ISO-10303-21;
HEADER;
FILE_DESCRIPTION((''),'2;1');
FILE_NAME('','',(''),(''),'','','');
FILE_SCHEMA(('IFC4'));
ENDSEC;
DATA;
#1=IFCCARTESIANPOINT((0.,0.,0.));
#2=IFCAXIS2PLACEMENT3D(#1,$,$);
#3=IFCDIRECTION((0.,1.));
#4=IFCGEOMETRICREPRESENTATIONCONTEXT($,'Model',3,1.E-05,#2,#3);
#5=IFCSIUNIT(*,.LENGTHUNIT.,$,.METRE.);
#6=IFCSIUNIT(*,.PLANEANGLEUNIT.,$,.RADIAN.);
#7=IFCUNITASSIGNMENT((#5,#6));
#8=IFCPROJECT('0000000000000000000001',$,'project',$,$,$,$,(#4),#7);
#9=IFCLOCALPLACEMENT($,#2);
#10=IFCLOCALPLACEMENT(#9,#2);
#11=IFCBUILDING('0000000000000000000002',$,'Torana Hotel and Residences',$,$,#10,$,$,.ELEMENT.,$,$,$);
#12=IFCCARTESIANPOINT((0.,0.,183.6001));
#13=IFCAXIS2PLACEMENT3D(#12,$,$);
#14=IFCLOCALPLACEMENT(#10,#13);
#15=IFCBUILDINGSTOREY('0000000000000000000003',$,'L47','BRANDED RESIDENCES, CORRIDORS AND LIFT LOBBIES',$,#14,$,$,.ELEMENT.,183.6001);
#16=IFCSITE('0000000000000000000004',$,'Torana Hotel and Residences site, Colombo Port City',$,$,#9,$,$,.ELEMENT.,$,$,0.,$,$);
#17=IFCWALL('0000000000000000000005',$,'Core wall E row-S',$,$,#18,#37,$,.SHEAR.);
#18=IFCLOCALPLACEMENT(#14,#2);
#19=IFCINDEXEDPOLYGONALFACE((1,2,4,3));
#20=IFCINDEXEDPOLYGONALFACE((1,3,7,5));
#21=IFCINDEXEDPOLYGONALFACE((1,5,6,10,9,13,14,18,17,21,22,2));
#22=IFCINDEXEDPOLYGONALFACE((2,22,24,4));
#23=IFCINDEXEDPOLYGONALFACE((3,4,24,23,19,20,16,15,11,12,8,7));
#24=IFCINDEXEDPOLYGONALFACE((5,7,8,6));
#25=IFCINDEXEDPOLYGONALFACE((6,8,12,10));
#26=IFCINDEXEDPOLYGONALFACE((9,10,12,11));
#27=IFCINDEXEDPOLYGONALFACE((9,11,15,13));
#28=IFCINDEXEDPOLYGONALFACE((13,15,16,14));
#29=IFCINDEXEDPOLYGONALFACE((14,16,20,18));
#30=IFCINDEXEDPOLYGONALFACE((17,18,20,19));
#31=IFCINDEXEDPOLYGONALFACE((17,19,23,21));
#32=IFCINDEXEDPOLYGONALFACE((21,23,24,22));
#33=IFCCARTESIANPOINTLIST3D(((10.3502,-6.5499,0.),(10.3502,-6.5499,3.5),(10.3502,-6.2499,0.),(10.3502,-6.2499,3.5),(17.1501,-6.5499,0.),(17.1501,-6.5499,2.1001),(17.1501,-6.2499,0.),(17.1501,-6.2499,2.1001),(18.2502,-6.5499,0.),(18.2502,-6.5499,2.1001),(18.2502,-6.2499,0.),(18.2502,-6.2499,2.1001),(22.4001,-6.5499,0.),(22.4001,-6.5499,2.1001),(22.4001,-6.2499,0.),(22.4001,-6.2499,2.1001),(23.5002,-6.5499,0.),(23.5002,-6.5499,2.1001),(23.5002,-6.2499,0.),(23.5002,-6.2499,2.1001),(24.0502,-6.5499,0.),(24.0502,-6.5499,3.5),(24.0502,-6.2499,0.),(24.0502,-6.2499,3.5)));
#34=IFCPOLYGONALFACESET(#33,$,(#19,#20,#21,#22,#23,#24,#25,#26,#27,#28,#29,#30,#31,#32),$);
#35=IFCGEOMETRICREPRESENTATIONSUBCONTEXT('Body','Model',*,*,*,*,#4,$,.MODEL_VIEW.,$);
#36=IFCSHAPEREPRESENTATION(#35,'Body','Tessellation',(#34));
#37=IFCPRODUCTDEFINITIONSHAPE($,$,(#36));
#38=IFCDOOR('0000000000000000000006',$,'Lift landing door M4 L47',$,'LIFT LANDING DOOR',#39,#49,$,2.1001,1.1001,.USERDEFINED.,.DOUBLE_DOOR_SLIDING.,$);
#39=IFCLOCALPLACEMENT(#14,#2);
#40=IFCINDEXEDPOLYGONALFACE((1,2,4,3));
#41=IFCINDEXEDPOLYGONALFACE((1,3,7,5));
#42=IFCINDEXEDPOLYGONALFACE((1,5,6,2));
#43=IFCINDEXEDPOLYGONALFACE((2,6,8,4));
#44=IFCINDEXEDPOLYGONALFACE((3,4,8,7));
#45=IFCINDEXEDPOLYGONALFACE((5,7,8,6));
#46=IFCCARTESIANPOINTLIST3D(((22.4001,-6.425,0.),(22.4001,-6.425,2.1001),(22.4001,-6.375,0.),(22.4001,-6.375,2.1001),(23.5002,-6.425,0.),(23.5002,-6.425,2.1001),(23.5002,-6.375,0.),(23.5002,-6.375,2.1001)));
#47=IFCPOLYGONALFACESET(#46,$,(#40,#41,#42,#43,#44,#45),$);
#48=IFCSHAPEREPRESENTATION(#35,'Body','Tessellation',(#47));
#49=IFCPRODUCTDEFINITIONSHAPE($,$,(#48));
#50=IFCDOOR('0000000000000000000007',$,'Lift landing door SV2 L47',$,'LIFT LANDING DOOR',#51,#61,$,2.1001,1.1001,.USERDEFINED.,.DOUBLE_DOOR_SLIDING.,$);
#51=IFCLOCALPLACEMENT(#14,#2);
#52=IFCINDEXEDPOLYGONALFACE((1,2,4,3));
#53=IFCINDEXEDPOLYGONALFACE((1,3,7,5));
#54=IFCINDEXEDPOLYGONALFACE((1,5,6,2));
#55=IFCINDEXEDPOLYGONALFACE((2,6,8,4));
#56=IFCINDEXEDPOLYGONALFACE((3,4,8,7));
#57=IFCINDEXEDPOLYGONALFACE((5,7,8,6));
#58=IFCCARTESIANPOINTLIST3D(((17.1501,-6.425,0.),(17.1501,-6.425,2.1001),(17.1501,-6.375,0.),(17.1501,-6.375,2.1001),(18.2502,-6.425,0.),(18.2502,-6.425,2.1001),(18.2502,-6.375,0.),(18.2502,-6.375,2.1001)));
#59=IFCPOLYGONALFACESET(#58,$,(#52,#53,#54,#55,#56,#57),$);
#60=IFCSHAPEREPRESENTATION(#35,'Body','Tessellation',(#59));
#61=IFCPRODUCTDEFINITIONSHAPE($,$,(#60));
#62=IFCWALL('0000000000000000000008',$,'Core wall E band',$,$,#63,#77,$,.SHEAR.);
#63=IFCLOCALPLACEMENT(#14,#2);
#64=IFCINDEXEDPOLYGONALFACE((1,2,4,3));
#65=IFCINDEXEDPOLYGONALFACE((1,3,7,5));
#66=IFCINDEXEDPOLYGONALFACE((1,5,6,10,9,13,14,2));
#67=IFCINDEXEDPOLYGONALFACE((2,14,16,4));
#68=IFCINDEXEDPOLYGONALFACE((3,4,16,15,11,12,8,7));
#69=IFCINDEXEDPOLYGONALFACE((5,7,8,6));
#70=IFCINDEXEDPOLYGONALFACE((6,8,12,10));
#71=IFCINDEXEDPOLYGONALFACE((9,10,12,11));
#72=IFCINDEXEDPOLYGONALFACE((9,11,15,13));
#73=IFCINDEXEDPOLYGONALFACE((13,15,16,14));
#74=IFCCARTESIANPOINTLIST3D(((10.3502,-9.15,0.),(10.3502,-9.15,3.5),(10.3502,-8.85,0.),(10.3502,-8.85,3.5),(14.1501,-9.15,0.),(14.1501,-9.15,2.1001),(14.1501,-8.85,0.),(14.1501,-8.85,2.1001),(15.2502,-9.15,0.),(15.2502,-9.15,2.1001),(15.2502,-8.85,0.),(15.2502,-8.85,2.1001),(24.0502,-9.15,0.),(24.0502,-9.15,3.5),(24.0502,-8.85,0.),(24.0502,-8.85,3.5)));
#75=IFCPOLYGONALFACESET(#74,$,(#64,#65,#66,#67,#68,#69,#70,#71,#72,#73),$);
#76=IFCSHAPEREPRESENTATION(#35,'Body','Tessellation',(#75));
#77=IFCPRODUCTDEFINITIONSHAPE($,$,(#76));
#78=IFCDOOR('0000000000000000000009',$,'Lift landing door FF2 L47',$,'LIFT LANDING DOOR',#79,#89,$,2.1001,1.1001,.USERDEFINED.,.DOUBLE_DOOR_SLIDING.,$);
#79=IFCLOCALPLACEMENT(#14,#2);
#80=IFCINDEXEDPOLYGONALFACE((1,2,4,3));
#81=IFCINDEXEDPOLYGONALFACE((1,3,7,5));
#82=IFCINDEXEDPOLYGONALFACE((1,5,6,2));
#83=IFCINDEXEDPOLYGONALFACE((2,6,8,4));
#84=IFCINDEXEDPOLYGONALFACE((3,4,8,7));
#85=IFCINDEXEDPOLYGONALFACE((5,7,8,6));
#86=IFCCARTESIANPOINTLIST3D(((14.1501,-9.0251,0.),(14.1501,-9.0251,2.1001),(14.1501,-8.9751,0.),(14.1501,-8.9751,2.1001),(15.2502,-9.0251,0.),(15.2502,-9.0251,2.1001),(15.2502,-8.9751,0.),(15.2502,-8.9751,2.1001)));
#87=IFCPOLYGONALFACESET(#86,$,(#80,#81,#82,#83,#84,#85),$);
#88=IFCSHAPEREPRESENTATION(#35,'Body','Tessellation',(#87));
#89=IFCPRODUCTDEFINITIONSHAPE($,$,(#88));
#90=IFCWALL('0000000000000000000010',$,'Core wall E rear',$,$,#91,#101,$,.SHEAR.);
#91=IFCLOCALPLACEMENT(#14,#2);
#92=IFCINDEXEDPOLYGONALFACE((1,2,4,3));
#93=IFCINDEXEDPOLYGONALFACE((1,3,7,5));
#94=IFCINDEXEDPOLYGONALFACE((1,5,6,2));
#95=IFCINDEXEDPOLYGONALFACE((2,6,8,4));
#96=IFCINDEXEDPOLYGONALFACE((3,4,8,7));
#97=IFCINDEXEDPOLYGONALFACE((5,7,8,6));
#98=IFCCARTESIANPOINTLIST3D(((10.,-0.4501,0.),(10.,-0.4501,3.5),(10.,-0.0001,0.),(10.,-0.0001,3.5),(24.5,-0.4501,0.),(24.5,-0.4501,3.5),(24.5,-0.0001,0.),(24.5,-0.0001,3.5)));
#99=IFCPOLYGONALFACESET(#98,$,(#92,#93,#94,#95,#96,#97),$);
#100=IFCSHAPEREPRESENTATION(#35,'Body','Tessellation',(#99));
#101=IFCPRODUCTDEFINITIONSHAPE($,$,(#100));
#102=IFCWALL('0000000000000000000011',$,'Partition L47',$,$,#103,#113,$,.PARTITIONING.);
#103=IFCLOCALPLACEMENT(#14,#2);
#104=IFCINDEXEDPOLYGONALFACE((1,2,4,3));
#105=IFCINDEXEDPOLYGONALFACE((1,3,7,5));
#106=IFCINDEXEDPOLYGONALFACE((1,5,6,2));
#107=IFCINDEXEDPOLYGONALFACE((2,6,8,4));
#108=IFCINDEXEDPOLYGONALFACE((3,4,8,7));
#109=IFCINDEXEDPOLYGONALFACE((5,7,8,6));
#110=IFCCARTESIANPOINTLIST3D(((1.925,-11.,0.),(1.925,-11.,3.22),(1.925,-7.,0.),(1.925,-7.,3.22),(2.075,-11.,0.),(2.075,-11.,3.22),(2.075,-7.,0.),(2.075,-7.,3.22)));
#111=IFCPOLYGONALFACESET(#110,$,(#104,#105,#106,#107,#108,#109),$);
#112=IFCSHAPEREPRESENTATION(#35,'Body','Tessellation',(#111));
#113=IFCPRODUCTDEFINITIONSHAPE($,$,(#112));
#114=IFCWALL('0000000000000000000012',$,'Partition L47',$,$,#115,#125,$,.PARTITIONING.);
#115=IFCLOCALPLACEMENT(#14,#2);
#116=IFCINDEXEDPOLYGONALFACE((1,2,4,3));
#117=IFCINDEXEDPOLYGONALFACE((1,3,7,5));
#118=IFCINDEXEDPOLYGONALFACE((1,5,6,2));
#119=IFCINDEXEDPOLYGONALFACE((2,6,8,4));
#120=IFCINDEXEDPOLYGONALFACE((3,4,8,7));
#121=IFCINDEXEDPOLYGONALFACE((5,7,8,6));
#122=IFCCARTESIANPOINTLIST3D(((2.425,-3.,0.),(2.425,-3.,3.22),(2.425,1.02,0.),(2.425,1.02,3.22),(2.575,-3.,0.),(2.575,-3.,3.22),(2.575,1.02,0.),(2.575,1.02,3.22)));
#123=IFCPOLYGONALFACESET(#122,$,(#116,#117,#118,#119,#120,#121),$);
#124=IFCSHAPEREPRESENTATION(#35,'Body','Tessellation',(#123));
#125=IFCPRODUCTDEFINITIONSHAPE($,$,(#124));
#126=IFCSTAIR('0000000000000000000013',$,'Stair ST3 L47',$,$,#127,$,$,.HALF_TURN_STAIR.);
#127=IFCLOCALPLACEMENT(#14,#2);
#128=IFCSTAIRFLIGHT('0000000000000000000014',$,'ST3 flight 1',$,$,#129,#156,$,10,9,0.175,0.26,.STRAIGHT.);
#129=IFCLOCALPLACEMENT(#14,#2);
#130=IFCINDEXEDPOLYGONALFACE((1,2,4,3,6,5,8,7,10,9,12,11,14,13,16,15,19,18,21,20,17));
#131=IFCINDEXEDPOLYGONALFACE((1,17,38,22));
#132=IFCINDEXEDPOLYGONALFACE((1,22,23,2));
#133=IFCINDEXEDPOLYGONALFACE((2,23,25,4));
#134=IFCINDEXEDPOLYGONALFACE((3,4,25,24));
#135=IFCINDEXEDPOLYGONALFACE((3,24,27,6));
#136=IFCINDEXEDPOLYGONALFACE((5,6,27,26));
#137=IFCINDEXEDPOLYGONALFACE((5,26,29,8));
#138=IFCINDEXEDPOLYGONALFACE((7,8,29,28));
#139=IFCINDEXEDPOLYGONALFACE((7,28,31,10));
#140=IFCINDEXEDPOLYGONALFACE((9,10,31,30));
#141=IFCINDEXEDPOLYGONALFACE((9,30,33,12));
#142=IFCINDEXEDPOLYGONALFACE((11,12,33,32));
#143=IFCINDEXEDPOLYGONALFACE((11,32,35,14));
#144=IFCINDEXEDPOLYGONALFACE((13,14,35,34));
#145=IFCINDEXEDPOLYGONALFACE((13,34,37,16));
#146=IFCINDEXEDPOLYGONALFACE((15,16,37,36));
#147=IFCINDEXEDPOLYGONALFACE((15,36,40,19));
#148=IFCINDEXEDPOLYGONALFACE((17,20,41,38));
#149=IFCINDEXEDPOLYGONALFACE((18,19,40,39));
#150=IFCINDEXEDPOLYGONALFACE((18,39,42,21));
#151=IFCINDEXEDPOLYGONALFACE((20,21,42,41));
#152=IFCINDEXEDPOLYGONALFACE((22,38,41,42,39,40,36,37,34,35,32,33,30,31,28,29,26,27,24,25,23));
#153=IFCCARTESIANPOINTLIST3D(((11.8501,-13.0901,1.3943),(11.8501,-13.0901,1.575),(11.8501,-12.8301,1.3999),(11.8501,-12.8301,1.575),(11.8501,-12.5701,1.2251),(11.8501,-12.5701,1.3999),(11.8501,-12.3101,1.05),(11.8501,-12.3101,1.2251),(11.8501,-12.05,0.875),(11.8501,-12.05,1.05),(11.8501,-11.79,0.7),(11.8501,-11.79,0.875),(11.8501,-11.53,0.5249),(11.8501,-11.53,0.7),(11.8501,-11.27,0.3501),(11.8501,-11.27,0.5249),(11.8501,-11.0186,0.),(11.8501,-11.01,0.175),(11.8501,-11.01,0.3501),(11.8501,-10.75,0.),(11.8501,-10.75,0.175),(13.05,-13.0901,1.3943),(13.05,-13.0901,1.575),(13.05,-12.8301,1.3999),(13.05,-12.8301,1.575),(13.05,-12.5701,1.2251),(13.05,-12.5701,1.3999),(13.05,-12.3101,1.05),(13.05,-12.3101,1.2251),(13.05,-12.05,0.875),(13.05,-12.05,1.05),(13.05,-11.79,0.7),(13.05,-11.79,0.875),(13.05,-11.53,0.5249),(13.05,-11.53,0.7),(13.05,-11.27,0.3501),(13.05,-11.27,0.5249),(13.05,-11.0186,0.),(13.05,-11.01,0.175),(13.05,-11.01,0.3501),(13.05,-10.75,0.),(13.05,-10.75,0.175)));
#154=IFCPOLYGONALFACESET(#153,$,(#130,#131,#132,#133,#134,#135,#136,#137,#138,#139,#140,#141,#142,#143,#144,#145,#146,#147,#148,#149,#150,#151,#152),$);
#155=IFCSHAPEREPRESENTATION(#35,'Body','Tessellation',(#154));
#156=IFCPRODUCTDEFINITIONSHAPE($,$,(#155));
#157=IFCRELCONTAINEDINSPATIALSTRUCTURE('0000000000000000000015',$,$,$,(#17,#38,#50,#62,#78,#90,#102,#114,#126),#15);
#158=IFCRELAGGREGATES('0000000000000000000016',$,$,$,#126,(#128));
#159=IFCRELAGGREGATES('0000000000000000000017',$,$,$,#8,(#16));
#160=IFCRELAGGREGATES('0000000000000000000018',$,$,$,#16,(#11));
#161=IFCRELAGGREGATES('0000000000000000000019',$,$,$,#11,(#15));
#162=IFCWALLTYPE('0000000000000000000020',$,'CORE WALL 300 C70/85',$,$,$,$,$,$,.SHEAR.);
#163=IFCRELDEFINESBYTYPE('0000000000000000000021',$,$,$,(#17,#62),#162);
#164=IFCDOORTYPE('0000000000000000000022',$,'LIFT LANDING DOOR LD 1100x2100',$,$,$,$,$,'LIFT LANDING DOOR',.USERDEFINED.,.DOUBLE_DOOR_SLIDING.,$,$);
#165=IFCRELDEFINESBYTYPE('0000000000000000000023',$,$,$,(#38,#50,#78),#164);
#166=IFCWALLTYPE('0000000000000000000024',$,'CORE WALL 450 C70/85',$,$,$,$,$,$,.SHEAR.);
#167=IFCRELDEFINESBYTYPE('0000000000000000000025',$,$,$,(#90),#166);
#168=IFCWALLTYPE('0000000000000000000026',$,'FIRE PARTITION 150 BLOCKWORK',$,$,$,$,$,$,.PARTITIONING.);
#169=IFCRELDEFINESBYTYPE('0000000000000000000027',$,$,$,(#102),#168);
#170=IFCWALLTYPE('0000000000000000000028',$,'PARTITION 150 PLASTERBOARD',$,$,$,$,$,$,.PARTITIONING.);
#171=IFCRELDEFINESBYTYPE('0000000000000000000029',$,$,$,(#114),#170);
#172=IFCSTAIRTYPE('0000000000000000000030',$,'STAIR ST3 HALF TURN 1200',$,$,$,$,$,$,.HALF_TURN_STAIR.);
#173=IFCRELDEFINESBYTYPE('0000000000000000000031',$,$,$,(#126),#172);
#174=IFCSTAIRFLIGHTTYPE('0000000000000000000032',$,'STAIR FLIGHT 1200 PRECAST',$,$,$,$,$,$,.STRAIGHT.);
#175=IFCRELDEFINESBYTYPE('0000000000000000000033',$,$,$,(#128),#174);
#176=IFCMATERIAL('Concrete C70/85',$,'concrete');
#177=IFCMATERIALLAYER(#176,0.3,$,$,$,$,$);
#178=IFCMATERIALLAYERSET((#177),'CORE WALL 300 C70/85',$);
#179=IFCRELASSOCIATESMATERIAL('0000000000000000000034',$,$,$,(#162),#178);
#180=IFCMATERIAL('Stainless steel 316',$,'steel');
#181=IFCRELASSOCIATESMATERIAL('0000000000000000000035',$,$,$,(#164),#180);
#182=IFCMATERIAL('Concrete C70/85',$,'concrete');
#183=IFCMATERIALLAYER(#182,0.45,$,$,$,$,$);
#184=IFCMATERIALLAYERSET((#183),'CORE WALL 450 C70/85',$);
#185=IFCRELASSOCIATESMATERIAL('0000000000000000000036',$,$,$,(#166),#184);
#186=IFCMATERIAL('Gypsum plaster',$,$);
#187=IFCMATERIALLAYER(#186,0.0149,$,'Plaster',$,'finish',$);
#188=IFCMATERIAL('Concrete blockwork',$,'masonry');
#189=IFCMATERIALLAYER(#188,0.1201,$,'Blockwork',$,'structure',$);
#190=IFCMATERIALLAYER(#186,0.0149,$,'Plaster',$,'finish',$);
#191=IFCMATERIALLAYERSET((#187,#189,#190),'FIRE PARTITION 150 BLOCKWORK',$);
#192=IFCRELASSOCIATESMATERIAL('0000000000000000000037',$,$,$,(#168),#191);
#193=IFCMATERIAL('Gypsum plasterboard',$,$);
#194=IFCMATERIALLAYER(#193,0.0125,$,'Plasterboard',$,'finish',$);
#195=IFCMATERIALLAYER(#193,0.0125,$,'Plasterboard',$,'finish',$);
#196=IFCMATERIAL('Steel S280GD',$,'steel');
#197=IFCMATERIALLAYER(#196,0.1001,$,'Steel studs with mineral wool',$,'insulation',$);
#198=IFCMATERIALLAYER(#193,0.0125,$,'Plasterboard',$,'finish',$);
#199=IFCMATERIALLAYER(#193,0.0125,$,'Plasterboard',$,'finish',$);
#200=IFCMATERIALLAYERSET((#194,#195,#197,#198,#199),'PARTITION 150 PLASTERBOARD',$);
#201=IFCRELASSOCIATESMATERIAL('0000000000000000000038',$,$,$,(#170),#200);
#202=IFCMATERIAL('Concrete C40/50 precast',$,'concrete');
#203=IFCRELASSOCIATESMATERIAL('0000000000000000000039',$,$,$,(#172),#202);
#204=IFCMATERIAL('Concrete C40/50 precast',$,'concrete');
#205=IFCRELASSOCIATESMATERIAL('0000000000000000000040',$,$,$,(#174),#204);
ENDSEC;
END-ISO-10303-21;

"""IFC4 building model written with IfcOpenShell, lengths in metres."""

from ifc_helpers import new_model, si_unit, direction, frame, frame_2d, origin, place, context, subcontext, project, spatial, polyline, rectangle, outline, extrude, material, layer, layer_set, type_object, element, fill, aggregate, save


model = new_model("IFC4")

# Units and contexts
model_context = context("Model", 3, precision=1e-05, world=origin(), true_north=direction((0.0, 1.0)))
body_context = subcontext(model_context, "Body", "Model", "MODEL_VIEW")
ifc_project = project(units=[si_unit("LENGTHUNIT", "METRE"), si_unit("PLANEANGLEUNIT", "RADIAN")], contexts=[model_context])

# Site, building, storey
site_placement = place(None, origin())
site = spatial("IfcSite", under=ifc_project, at=site_placement, Name="Torana Hotel and Residences site, Colombo Port City", CompositionType="ELEMENT", RefElevation=0.0)
building_placement = place(site_placement, origin())
building = spatial("IfcBuilding", under=site, at=building_placement, Name="Torana Hotel and Residences", CompositionType="ELEMENT")
storey_placement = place(building_placement, frame((0.0, 0.0, 183.6001)))
storey = spatial("IfcBuildingStorey", under=building, at=storey_placement, Name="L47", Description="BRANDED RESIDENCES, CORRIDORS AND LIFT LOBBIES", CompositionType="ELEMENT", Elevation=183.6001)

# Wall, openings, doors
ifc_material_1 = material(Name="Concrete C70/85", Category="concrete")
ifc_layer_1 = layer(ifc_material_1, 0.3)
ifc_layer_set_1 = layer_set([ifc_layer_1], Name="CORE WALL 300 C70/85")
wall_type_1 = type_object("IfcWallType", Name="CORE WALL 300 C70/85", PredefinedType="SHEAR", material=ifc_layer_set_1)
ifc_material_2 = material(Name="Stainless steel 316", Category="steel")
door_type_1 = type_object("IfcDoorType", Name="LIFT LANDING DOOR LD 1100x2100", ElementType="LIFT LANDING DOOR", OperationType="DOUBLE_DOOR_SLIDING", PredefinedType="USERDEFINED", material=ifc_material_2)
wall_1_placement = place(storey_placement, frame((10.3501, -6.3999, 0.0), z_axis=(0.0, 0.0, 1.0), x_axis=(1.0, 0.0, 0.0)))
wall_1 = element("IfcWall", 1, at=wall_1_placement, inside=storey, type_object=wall_type_1, Name="Core wall E row-S", PredefinedType="SHEAR", context=body_context, shape_type="SweptSolid", body=[
    extrude(rectangle(XDim=13.7, YDim=0.3, at=frame_2d((6.8501, 0.0))), origin(), (0.0, 0.0, 1.0), 3.5),
])
opening_1_placement = place(wall_1_placement, frame((12.05, 0.0, 0.0)))
opening_1 = element("IfcOpeningElement", 2, at=opening_1_placement, cuts=wall_1, PredefinedType="OPENING", context=body_context, shape_type="SweptSolid", body=[
    extrude(rectangle(XDim=1.1001, YDim=2.1001, at=frame_2d((0.55, 1.05))), frame((0.0, 0.1599, 0.0), z_axis=(0.0, -1.0, 0.0), x_axis=(1.0, 0.0, 0.0)), (0.0, 0.0, 1.0), 0.3201),
])
opening_2_placement = place(wall_1_placement, frame((6.8, 0.0, 0.0)))
opening_2 = element("IfcOpeningElement", 3, at=opening_2_placement, cuts=wall_1, PredefinedType="OPENING", context=body_context, shape_type="SweptSolid", body=[
    extrude(rectangle(XDim=1.1001, YDim=2.1001, at=frame_2d((0.55, 1.05))), frame((0.0, 0.1599, 0.0), z_axis=(0.0, -1.0, 0.0), x_axis=(1.0, 0.0, 0.0)), (0.0, 0.0, 1.0), 0.3201),
])
door_1_placement = place(opening_1_placement, origin())
door_1 = element("IfcDoor", 4, at=door_1_placement, inside=storey, type_object=door_type_1, Name="Lift landing door M4 L47", ObjectType="LIFT LANDING DOOR", OperationType="DOUBLE_DOOR_SLIDING", OverallHeight=2.1001, OverallWidth=1.1001, PredefinedType="USERDEFINED", context=body_context, shape_type="SweptSolid", body=[
    extrude(rectangle(XDim=1.1001, YDim=2.1001, at=frame_2d((0.55, 1.05))), frame((0.0, 0.0249, 0.0), z_axis=(0.0, -1.0, 0.0), x_axis=(1.0, 0.0, 0.0)), (0.0, 0.0, 1.0), 0.05),
])
fill(opening_1, door_1)
door_2_placement = place(opening_2_placement, origin())
door_2 = element("IfcDoor", 5, at=door_2_placement, inside=storey, type_object=door_type_1, Name="Lift landing door SV2 L47", ObjectType="LIFT LANDING DOOR", OperationType="DOUBLE_DOOR_SLIDING", OverallHeight=2.1001, OverallWidth=1.1001, PredefinedType="USERDEFINED", context=body_context, shape_type="SweptSolid", body=[
    extrude(rectangle(XDim=1.1001, YDim=2.1001, at=frame_2d((0.55, 1.05))), frame((0.0, 0.0249, 0.0), z_axis=(0.0, -1.0, 0.0), x_axis=(1.0, 0.0, 0.0)), (0.0, 0.0, 1.0), 0.05),
])
fill(opening_2, door_2)

# Wall, opening, door
wall_2_placement = place(storey_placement, frame((10.3501, -9.0, 0.0), z_axis=(0.0, 0.0, 1.0), x_axis=(1.0, 0.0, 0.0)))
wall_2 = element("IfcWall", 6, at=wall_2_placement, inside=storey, type_object=wall_type_1, Name="Core wall E band", PredefinedType="SHEAR", context=body_context, shape_type="SweptSolid", body=[
    extrude(rectangle(XDim=13.7, YDim=0.3, at=frame_2d((6.8501, 0.0))), origin(), (0.0, 0.0, 1.0), 3.5),
])
opening_3_placement = place(wall_2_placement, frame((3.8, 0.0, 0.0)))
opening_3 = element("IfcOpeningElement", 7, at=opening_3_placement, cuts=wall_2, PredefinedType="OPENING", context=body_context, shape_type="SweptSolid", body=[
    extrude(rectangle(XDim=1.1001, YDim=2.1001, at=frame_2d((0.55, 1.05))), frame((0.0, 0.1599, 0.0), z_axis=(0.0, -1.0, 0.0), x_axis=(1.0, 0.0, 0.0)), (0.0, 0.0, 1.0), 0.3201),
])
door_3_placement = place(opening_3_placement, origin())
door_3 = element("IfcDoor", 8, at=door_3_placement, inside=storey, type_object=door_type_1, Name="Lift landing door FF2 L47", ObjectType="LIFT LANDING DOOR", OperationType="DOUBLE_DOOR_SLIDING", OverallHeight=2.1001, OverallWidth=1.1001, PredefinedType="USERDEFINED", context=body_context, shape_type="SweptSolid", body=[
    extrude(rectangle(XDim=1.1001, YDim=2.1001, at=frame_2d((0.55, 1.05))), frame((0.0, 0.0249, 0.0), z_axis=(0.0, -1.0, 0.0), x_axis=(1.0, 0.0, 0.0)), (0.0, 0.0, 1.0), 0.05),
])
fill(opening_3, door_3)

# Walls
ifc_material_3 = material(Name="Concrete C70/85", Category="concrete")
ifc_layer_2 = layer(ifc_material_3, 0.45)
ifc_layer_set_2 = layer_set([ifc_layer_2], Name="CORE WALL 450 C70/85")
wall_type_2 = type_object("IfcWallType", Name="CORE WALL 450 C70/85", PredefinedType="SHEAR", material=ifc_layer_set_2)
wall_3_placement = place(storey_placement, frame((10.0, -0.2251, 0.0), z_axis=(0.0, 0.0, 1.0), x_axis=(1.0, 0.0, 0.0)))
element("IfcWall", 9, at=wall_3_placement, inside=storey, type_object=wall_type_2, Name="Core wall E rear", PredefinedType="SHEAR", context=body_context, shape_type="SweptSolid", body=[
    extrude(rectangle(XDim=14.5, YDim=0.45, at=frame_2d((7.25, 0.0))), origin(), (0.0, 0.0, 1.0), 3.5),
])
ifc_material_4 = material(Name="Gypsum plaster")
ifc_layer_3 = layer(ifc_material_4, 0.0149, Name="Plaster", Category="finish")
ifc_material_5 = material(Name="Concrete blockwork", Category="masonry")
ifc_layer_4 = layer(ifc_material_5, 0.1201, Name="Blockwork", Category="structure")
ifc_layer_5 = layer(ifc_material_4, 0.0149, Name="Plaster", Category="finish")
ifc_layer_set_3 = layer_set([ifc_layer_3, ifc_layer_4, ifc_layer_5], Name="FIRE PARTITION 150 BLOCKWORK")
wall_type_3 = type_object("IfcWallType", Name="FIRE PARTITION 150 BLOCKWORK", PredefinedType="PARTITIONING", material=ifc_layer_set_3)
wall_4_placement = place(storey_placement, frame((2.0, -11.0, 0.0), z_axis=(0.0, 0.0, 1.0), x_axis=(0.0, 1.0, 0.0)))
element("IfcWall", 10, at=wall_4_placement, inside=storey, type_object=wall_type_3, Name="Partition L47", PredefinedType="PARTITIONING", context=body_context, shape_type="SweptSolid", body=[
    extrude(rectangle(XDim=4.0, YDim=0.1499, at=frame_2d((2.0, 0.0))), origin(), (0.0, 0.0, 1.0), 3.22),
])
ifc_material_6 = material(Name="Gypsum plasterboard")
ifc_layer_6 = layer(ifc_material_6, 0.0125, Name="Plasterboard", Category="finish")
ifc_layer_7 = layer(ifc_material_6, 0.0125, Name="Plasterboard", Category="finish")
ifc_material_7 = material(Name="Steel S280GD", Category="steel")
ifc_layer_8 = layer(ifc_material_7, 0.1001, Name="Steel studs with mineral wool", Category="insulation")
ifc_layer_9 = layer(ifc_material_6, 0.0125, Name="Plasterboard", Category="finish")
ifc_layer_10 = layer(ifc_material_6, 0.0125, Name="Plasterboard", Category="finish")
ifc_layer_set_4 = layer_set([ifc_layer_6, ifc_layer_7, ifc_layer_8, ifc_layer_9, ifc_layer_10], Name="PARTITION 150 PLASTERBOARD")
wall_type_4 = type_object("IfcWallType", Name="PARTITION 150 PLASTERBOARD", PredefinedType="PARTITIONING", material=ifc_layer_set_4)
wall_5_placement = place(storey_placement, frame((2.5, -3.0, 0.0), z_axis=(0.0, 0.0, 1.0), x_axis=(0.0, 1.0, 0.0)))
element("IfcWall", 11, at=wall_5_placement, inside=storey, type_object=wall_type_4, Name="Partition L47", PredefinedType="PARTITIONING", context=body_context, shape_type="SweptSolid", body=[
    extrude(rectangle(XDim=4.02, YDim=0.1499, at=frame_2d((2.01, 0.0))), origin(), (0.0, 0.0, 1.0), 3.22),
])

# Stair, stair flight
ifc_material_8 = material(Name="Concrete C40/50 precast", Category="concrete")
stair_type = type_object("IfcStairType", Name="STAIR ST3 HALF TURN 1200", PredefinedType="HALF_TURN_STAIR", material=ifc_material_8)
stair_placement = place(storey_placement, origin())
stair = element("IfcStair", 12, at=stair_placement, inside=storey, type_object=stair_type, Name="Stair ST3 L47", PredefinedType="HALF_TURN_STAIR")
ifc_material_9 = material(Name="Concrete C40/50 precast", Category="concrete")
stair_flight_type = type_object("IfcStairFlightType", Name="STAIR FLIGHT 1200 PRECAST", PredefinedType="STRAIGHT", material=ifc_material_9)
stair_flight_1_placement = place(storey_placement, frame((12.45, -10.75, 0.0), z_axis=(0.0, 0.0, 1.0), x_axis=(0.0, -1.0, 0.0)))
stair_flight_1 = element("IfcStairFlight", 13, at=stair_flight_1_placement, type_object=stair_flight_type, Name="ST3 flight 1", NumberOfRisers=10, NumberOfTreads=9, PredefinedType="STRAIGHT", RiserHeight=0.175, TreadLength=0.26, context=body_context, shape_type="SweptSolid", body=[
    extrude(outline(polyline([(0.0, 0.0), (0.0, 0.175), (0.26, 0.175), (0.26, 0.3501), (0.52, 0.3501), (0.52, 0.5249), (0.78, 0.5249), (0.78, 0.7), (1.04, 0.7), (1.04, 0.875), (1.3, 0.875), (1.3, 1.05), (1.5601, 1.05), (1.5601, 1.2251), (1.8201, 1.2251), (1.8201, 1.3999), (2.0801, 1.3999), (2.0801, 1.575), (2.3401, 1.575), (2.3401, 1.75), (2.3401, 1.3943), (0.2686, 0.0), (0.0, 0.0)])), frame((0.0, 0.6001, 0.0), z_axis=(0.0, -1.0, 0.0), x_axis=(1.0, 0.0, 0.0)), (0.0, 0.0, 1.0), 1.2),
])
aggregate(stair, [stair_flight_1])

save(model, "model.ifc")
